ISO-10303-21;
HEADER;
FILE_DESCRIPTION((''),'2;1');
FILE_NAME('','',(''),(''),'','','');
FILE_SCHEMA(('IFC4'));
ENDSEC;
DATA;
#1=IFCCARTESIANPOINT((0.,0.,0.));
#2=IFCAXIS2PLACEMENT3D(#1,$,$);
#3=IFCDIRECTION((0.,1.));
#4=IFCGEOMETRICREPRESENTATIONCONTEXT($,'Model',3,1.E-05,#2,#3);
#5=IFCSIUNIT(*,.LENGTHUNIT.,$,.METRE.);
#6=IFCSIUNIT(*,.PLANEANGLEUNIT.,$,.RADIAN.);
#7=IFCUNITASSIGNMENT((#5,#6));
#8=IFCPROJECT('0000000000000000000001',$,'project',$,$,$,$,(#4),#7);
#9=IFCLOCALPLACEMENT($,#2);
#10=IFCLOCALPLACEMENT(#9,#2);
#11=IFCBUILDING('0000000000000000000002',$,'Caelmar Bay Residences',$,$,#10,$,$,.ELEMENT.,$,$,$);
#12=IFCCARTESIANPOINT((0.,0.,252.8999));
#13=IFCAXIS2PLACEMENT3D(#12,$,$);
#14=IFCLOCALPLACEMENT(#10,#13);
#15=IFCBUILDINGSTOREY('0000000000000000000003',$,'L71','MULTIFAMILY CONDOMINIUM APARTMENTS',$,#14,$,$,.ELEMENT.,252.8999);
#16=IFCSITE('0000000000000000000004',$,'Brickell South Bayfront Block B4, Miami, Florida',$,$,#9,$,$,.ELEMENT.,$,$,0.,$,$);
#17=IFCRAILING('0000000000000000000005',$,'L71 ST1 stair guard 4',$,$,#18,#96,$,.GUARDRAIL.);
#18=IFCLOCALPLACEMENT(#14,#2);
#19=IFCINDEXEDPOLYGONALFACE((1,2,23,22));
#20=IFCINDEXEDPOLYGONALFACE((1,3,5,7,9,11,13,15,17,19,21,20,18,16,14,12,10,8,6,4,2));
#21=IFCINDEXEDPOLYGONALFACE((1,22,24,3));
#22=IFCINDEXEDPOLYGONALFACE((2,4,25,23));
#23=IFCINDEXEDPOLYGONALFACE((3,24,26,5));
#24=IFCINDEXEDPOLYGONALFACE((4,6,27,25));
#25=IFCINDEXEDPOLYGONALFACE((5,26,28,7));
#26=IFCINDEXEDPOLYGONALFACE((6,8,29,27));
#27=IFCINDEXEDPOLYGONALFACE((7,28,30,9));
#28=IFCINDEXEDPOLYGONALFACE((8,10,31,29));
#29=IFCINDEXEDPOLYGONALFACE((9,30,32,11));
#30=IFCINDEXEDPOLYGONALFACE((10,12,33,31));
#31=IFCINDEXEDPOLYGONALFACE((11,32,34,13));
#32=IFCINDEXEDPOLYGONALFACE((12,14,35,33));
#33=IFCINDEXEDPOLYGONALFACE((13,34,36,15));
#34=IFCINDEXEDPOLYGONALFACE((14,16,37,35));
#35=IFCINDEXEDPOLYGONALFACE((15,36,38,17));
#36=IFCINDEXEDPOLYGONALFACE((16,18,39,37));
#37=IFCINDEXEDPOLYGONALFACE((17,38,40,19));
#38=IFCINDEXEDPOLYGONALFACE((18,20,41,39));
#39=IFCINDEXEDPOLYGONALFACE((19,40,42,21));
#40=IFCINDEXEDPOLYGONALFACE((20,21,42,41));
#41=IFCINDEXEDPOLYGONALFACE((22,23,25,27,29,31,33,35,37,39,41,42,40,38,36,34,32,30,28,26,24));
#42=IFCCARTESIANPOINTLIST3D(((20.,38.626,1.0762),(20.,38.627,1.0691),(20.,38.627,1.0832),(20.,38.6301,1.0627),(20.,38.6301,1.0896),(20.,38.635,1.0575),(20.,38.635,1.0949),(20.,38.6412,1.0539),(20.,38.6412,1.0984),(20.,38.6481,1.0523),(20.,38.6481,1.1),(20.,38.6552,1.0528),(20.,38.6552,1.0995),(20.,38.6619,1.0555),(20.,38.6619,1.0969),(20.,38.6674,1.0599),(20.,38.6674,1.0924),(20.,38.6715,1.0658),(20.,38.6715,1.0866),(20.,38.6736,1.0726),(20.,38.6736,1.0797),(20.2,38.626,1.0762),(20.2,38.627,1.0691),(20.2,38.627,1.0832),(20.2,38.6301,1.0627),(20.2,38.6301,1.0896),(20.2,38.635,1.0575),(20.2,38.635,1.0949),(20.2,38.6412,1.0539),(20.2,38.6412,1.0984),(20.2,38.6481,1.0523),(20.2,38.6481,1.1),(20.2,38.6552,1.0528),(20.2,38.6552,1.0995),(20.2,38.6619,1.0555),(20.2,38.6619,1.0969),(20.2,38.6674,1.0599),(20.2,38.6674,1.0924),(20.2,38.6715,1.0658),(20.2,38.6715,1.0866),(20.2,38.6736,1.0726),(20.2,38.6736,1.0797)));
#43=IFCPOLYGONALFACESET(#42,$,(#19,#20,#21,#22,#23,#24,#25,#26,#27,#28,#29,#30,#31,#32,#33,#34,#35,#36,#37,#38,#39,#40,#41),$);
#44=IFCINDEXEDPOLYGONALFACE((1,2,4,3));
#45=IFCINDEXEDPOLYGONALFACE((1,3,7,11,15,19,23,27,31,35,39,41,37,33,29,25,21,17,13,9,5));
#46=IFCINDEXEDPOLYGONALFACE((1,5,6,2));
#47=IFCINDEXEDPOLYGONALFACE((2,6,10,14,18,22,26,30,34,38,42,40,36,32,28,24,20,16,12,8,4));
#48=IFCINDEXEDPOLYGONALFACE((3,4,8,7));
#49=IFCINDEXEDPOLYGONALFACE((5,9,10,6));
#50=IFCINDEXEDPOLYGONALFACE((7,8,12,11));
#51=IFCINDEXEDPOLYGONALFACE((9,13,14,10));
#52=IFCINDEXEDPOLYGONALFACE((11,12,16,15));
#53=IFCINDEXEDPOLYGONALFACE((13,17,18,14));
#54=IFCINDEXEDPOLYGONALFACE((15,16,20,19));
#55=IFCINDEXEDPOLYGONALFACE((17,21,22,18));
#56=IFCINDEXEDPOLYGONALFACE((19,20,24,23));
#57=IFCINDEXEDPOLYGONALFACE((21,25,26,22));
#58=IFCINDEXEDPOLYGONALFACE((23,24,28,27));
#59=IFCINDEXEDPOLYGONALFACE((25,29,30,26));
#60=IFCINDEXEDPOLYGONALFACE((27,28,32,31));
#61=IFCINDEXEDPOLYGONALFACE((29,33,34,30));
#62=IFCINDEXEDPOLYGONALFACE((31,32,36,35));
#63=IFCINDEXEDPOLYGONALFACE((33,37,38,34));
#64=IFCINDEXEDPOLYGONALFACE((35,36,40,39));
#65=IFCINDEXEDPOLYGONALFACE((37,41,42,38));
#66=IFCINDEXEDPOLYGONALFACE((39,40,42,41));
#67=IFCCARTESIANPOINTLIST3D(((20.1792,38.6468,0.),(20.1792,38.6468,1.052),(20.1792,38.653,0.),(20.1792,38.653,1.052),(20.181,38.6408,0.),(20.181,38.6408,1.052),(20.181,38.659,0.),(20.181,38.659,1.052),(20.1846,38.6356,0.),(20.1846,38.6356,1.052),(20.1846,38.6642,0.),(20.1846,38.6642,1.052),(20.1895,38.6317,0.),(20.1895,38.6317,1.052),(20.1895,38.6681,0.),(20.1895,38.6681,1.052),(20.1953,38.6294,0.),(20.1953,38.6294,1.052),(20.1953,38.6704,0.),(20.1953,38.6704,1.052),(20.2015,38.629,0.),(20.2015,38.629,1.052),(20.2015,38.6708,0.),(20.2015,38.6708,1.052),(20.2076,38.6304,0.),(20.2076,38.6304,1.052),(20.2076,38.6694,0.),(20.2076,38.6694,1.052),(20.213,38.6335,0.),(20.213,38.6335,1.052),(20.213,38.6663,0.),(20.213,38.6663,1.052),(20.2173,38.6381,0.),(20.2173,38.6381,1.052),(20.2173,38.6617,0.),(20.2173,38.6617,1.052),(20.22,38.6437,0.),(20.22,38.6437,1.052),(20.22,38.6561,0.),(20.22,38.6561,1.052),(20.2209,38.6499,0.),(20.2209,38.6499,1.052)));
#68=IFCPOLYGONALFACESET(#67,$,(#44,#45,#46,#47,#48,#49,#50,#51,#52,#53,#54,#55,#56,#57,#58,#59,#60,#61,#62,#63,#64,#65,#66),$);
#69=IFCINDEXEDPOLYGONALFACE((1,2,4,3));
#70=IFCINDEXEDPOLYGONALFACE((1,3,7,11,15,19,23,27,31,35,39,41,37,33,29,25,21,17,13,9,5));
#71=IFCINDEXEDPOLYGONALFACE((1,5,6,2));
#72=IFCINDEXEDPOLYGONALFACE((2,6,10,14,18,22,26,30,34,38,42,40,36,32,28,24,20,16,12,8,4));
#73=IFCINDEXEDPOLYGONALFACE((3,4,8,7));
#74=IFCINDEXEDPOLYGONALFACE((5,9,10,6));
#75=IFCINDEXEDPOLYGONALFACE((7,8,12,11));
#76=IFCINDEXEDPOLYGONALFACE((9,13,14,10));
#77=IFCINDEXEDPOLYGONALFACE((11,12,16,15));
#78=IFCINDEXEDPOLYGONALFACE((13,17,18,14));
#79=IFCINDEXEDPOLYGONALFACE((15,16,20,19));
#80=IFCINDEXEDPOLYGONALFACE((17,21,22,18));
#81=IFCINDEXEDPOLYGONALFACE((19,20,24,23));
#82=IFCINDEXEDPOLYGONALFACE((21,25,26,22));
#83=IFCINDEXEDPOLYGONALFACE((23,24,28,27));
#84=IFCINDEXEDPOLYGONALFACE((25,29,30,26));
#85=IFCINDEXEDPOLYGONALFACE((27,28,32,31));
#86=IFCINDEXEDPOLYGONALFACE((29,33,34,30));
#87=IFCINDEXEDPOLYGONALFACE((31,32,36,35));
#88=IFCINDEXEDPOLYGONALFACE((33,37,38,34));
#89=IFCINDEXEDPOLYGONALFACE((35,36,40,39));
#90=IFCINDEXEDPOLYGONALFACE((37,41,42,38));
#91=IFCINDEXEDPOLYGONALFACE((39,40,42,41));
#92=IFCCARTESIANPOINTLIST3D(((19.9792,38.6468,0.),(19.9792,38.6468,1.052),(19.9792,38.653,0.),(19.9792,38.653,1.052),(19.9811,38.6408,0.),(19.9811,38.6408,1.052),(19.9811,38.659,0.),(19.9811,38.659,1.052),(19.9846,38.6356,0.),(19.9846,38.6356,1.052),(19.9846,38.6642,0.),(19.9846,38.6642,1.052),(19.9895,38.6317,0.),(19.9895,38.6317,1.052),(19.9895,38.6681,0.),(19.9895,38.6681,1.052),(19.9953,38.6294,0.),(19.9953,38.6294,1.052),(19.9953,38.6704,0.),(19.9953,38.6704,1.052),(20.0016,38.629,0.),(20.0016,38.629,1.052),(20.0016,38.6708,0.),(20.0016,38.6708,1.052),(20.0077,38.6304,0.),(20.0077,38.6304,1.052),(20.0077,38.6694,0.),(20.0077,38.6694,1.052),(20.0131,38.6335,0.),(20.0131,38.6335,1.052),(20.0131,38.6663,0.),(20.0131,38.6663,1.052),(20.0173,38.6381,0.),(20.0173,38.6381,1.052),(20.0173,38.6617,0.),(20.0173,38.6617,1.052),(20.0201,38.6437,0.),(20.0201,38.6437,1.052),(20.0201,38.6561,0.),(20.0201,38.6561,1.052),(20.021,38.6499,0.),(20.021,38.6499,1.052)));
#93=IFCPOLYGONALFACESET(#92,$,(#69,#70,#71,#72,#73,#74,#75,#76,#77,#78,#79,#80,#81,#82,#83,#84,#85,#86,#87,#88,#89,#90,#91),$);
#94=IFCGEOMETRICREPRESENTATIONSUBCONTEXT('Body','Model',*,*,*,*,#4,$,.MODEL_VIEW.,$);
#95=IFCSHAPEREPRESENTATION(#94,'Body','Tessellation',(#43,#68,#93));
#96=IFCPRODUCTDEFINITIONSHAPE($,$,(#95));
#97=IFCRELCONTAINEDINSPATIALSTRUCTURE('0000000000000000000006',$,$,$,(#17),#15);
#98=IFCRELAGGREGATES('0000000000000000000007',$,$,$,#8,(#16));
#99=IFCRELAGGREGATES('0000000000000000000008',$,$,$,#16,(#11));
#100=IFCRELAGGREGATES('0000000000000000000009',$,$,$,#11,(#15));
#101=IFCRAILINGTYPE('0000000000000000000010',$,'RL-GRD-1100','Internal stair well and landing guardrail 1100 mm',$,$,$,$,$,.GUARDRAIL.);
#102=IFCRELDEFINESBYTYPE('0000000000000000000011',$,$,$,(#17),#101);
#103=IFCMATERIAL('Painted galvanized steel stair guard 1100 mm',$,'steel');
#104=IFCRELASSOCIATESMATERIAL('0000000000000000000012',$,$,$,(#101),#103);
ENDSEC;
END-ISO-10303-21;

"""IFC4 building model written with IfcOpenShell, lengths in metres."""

from ifc_helpers import new_model, si_unit, direction, frame, origin, origin_2d, place, context, subcontext, project, spatial, circle, extrude, material, type_object, element, save


model = new_model("IFC4")

# Units and contexts
model_context = context("Model", 3, precision=1e-05, world=origin(), true_north=direction((0.0, 1.0)))
body_context = subcontext(model_context, "Body", "Model", "MODEL_VIEW")
ifc_project = project(units=[si_unit("LENGTHUNIT", "METRE"), si_unit("PLANEANGLEUNIT", "RADIAN")], contexts=[model_context])

# Site, building, storey
site_placement = place(None, origin())
site = spatial("IfcSite", under=ifc_project, at=site_placement, Name="Brickell South Bayfront Block B4, Miami, Florida", CompositionType="ELEMENT", RefElevation=0.0)
building_placement = place(site_placement, origin())
building = spatial("IfcBuilding", under=site, at=building_placement, Name="Caelmar Bay Residences", CompositionType="ELEMENT")
storey_placement = place(building_placement, frame((0.0, 0.0, 252.8999)))
storey = spatial("IfcBuildingStorey", under=building, at=storey_placement, Name="L71", Description="MULTIFAMILY CONDOMINIUM APARTMENTS", CompositionType="ELEMENT", Elevation=252.8999)

# Railing
ifc_material_1 = material(Name="Painted galvanized steel stair guard 1100 mm", Category="steel")
railing_type = type_object("IfcRailingType", Name="RL-GRD-1100", Description="Internal stair well and landing guardrail 1100 mm", PredefinedType="GUARDRAIL", material=ifc_material_1)
railing_placement = place(storey_placement, frame((20.2, 38.6499, 0.0)))
element("IfcRailing", 1, at=railing_placement, inside=storey, type_object=railing_type, Name="L71 ST1 stair guard 4", PredefinedType="GUARDRAIL", context=body_context, shape_type="SweptSolid", body=[
    extrude(circle(Radius=0.0239, at=origin_2d()), frame((0.0, 0.0, 1.0762), z_axis=(-1.0, 0.0, 0.0), x_axis=(0.0, -1.0, 0.0)), (0.0, 0.0, 1.0), 0.2),
    extrude(circle(Radius=0.021, at=origin_2d()), origin(), (0.0, 0.0, 1.0), 1.052),
    extrude(circle(Radius=0.021, at=origin_2d()), frame((-0.2, 0.0, 0.0)), (0.0, 0.0, 1.0), 1.052),
])

save(model, "model.ifc")
